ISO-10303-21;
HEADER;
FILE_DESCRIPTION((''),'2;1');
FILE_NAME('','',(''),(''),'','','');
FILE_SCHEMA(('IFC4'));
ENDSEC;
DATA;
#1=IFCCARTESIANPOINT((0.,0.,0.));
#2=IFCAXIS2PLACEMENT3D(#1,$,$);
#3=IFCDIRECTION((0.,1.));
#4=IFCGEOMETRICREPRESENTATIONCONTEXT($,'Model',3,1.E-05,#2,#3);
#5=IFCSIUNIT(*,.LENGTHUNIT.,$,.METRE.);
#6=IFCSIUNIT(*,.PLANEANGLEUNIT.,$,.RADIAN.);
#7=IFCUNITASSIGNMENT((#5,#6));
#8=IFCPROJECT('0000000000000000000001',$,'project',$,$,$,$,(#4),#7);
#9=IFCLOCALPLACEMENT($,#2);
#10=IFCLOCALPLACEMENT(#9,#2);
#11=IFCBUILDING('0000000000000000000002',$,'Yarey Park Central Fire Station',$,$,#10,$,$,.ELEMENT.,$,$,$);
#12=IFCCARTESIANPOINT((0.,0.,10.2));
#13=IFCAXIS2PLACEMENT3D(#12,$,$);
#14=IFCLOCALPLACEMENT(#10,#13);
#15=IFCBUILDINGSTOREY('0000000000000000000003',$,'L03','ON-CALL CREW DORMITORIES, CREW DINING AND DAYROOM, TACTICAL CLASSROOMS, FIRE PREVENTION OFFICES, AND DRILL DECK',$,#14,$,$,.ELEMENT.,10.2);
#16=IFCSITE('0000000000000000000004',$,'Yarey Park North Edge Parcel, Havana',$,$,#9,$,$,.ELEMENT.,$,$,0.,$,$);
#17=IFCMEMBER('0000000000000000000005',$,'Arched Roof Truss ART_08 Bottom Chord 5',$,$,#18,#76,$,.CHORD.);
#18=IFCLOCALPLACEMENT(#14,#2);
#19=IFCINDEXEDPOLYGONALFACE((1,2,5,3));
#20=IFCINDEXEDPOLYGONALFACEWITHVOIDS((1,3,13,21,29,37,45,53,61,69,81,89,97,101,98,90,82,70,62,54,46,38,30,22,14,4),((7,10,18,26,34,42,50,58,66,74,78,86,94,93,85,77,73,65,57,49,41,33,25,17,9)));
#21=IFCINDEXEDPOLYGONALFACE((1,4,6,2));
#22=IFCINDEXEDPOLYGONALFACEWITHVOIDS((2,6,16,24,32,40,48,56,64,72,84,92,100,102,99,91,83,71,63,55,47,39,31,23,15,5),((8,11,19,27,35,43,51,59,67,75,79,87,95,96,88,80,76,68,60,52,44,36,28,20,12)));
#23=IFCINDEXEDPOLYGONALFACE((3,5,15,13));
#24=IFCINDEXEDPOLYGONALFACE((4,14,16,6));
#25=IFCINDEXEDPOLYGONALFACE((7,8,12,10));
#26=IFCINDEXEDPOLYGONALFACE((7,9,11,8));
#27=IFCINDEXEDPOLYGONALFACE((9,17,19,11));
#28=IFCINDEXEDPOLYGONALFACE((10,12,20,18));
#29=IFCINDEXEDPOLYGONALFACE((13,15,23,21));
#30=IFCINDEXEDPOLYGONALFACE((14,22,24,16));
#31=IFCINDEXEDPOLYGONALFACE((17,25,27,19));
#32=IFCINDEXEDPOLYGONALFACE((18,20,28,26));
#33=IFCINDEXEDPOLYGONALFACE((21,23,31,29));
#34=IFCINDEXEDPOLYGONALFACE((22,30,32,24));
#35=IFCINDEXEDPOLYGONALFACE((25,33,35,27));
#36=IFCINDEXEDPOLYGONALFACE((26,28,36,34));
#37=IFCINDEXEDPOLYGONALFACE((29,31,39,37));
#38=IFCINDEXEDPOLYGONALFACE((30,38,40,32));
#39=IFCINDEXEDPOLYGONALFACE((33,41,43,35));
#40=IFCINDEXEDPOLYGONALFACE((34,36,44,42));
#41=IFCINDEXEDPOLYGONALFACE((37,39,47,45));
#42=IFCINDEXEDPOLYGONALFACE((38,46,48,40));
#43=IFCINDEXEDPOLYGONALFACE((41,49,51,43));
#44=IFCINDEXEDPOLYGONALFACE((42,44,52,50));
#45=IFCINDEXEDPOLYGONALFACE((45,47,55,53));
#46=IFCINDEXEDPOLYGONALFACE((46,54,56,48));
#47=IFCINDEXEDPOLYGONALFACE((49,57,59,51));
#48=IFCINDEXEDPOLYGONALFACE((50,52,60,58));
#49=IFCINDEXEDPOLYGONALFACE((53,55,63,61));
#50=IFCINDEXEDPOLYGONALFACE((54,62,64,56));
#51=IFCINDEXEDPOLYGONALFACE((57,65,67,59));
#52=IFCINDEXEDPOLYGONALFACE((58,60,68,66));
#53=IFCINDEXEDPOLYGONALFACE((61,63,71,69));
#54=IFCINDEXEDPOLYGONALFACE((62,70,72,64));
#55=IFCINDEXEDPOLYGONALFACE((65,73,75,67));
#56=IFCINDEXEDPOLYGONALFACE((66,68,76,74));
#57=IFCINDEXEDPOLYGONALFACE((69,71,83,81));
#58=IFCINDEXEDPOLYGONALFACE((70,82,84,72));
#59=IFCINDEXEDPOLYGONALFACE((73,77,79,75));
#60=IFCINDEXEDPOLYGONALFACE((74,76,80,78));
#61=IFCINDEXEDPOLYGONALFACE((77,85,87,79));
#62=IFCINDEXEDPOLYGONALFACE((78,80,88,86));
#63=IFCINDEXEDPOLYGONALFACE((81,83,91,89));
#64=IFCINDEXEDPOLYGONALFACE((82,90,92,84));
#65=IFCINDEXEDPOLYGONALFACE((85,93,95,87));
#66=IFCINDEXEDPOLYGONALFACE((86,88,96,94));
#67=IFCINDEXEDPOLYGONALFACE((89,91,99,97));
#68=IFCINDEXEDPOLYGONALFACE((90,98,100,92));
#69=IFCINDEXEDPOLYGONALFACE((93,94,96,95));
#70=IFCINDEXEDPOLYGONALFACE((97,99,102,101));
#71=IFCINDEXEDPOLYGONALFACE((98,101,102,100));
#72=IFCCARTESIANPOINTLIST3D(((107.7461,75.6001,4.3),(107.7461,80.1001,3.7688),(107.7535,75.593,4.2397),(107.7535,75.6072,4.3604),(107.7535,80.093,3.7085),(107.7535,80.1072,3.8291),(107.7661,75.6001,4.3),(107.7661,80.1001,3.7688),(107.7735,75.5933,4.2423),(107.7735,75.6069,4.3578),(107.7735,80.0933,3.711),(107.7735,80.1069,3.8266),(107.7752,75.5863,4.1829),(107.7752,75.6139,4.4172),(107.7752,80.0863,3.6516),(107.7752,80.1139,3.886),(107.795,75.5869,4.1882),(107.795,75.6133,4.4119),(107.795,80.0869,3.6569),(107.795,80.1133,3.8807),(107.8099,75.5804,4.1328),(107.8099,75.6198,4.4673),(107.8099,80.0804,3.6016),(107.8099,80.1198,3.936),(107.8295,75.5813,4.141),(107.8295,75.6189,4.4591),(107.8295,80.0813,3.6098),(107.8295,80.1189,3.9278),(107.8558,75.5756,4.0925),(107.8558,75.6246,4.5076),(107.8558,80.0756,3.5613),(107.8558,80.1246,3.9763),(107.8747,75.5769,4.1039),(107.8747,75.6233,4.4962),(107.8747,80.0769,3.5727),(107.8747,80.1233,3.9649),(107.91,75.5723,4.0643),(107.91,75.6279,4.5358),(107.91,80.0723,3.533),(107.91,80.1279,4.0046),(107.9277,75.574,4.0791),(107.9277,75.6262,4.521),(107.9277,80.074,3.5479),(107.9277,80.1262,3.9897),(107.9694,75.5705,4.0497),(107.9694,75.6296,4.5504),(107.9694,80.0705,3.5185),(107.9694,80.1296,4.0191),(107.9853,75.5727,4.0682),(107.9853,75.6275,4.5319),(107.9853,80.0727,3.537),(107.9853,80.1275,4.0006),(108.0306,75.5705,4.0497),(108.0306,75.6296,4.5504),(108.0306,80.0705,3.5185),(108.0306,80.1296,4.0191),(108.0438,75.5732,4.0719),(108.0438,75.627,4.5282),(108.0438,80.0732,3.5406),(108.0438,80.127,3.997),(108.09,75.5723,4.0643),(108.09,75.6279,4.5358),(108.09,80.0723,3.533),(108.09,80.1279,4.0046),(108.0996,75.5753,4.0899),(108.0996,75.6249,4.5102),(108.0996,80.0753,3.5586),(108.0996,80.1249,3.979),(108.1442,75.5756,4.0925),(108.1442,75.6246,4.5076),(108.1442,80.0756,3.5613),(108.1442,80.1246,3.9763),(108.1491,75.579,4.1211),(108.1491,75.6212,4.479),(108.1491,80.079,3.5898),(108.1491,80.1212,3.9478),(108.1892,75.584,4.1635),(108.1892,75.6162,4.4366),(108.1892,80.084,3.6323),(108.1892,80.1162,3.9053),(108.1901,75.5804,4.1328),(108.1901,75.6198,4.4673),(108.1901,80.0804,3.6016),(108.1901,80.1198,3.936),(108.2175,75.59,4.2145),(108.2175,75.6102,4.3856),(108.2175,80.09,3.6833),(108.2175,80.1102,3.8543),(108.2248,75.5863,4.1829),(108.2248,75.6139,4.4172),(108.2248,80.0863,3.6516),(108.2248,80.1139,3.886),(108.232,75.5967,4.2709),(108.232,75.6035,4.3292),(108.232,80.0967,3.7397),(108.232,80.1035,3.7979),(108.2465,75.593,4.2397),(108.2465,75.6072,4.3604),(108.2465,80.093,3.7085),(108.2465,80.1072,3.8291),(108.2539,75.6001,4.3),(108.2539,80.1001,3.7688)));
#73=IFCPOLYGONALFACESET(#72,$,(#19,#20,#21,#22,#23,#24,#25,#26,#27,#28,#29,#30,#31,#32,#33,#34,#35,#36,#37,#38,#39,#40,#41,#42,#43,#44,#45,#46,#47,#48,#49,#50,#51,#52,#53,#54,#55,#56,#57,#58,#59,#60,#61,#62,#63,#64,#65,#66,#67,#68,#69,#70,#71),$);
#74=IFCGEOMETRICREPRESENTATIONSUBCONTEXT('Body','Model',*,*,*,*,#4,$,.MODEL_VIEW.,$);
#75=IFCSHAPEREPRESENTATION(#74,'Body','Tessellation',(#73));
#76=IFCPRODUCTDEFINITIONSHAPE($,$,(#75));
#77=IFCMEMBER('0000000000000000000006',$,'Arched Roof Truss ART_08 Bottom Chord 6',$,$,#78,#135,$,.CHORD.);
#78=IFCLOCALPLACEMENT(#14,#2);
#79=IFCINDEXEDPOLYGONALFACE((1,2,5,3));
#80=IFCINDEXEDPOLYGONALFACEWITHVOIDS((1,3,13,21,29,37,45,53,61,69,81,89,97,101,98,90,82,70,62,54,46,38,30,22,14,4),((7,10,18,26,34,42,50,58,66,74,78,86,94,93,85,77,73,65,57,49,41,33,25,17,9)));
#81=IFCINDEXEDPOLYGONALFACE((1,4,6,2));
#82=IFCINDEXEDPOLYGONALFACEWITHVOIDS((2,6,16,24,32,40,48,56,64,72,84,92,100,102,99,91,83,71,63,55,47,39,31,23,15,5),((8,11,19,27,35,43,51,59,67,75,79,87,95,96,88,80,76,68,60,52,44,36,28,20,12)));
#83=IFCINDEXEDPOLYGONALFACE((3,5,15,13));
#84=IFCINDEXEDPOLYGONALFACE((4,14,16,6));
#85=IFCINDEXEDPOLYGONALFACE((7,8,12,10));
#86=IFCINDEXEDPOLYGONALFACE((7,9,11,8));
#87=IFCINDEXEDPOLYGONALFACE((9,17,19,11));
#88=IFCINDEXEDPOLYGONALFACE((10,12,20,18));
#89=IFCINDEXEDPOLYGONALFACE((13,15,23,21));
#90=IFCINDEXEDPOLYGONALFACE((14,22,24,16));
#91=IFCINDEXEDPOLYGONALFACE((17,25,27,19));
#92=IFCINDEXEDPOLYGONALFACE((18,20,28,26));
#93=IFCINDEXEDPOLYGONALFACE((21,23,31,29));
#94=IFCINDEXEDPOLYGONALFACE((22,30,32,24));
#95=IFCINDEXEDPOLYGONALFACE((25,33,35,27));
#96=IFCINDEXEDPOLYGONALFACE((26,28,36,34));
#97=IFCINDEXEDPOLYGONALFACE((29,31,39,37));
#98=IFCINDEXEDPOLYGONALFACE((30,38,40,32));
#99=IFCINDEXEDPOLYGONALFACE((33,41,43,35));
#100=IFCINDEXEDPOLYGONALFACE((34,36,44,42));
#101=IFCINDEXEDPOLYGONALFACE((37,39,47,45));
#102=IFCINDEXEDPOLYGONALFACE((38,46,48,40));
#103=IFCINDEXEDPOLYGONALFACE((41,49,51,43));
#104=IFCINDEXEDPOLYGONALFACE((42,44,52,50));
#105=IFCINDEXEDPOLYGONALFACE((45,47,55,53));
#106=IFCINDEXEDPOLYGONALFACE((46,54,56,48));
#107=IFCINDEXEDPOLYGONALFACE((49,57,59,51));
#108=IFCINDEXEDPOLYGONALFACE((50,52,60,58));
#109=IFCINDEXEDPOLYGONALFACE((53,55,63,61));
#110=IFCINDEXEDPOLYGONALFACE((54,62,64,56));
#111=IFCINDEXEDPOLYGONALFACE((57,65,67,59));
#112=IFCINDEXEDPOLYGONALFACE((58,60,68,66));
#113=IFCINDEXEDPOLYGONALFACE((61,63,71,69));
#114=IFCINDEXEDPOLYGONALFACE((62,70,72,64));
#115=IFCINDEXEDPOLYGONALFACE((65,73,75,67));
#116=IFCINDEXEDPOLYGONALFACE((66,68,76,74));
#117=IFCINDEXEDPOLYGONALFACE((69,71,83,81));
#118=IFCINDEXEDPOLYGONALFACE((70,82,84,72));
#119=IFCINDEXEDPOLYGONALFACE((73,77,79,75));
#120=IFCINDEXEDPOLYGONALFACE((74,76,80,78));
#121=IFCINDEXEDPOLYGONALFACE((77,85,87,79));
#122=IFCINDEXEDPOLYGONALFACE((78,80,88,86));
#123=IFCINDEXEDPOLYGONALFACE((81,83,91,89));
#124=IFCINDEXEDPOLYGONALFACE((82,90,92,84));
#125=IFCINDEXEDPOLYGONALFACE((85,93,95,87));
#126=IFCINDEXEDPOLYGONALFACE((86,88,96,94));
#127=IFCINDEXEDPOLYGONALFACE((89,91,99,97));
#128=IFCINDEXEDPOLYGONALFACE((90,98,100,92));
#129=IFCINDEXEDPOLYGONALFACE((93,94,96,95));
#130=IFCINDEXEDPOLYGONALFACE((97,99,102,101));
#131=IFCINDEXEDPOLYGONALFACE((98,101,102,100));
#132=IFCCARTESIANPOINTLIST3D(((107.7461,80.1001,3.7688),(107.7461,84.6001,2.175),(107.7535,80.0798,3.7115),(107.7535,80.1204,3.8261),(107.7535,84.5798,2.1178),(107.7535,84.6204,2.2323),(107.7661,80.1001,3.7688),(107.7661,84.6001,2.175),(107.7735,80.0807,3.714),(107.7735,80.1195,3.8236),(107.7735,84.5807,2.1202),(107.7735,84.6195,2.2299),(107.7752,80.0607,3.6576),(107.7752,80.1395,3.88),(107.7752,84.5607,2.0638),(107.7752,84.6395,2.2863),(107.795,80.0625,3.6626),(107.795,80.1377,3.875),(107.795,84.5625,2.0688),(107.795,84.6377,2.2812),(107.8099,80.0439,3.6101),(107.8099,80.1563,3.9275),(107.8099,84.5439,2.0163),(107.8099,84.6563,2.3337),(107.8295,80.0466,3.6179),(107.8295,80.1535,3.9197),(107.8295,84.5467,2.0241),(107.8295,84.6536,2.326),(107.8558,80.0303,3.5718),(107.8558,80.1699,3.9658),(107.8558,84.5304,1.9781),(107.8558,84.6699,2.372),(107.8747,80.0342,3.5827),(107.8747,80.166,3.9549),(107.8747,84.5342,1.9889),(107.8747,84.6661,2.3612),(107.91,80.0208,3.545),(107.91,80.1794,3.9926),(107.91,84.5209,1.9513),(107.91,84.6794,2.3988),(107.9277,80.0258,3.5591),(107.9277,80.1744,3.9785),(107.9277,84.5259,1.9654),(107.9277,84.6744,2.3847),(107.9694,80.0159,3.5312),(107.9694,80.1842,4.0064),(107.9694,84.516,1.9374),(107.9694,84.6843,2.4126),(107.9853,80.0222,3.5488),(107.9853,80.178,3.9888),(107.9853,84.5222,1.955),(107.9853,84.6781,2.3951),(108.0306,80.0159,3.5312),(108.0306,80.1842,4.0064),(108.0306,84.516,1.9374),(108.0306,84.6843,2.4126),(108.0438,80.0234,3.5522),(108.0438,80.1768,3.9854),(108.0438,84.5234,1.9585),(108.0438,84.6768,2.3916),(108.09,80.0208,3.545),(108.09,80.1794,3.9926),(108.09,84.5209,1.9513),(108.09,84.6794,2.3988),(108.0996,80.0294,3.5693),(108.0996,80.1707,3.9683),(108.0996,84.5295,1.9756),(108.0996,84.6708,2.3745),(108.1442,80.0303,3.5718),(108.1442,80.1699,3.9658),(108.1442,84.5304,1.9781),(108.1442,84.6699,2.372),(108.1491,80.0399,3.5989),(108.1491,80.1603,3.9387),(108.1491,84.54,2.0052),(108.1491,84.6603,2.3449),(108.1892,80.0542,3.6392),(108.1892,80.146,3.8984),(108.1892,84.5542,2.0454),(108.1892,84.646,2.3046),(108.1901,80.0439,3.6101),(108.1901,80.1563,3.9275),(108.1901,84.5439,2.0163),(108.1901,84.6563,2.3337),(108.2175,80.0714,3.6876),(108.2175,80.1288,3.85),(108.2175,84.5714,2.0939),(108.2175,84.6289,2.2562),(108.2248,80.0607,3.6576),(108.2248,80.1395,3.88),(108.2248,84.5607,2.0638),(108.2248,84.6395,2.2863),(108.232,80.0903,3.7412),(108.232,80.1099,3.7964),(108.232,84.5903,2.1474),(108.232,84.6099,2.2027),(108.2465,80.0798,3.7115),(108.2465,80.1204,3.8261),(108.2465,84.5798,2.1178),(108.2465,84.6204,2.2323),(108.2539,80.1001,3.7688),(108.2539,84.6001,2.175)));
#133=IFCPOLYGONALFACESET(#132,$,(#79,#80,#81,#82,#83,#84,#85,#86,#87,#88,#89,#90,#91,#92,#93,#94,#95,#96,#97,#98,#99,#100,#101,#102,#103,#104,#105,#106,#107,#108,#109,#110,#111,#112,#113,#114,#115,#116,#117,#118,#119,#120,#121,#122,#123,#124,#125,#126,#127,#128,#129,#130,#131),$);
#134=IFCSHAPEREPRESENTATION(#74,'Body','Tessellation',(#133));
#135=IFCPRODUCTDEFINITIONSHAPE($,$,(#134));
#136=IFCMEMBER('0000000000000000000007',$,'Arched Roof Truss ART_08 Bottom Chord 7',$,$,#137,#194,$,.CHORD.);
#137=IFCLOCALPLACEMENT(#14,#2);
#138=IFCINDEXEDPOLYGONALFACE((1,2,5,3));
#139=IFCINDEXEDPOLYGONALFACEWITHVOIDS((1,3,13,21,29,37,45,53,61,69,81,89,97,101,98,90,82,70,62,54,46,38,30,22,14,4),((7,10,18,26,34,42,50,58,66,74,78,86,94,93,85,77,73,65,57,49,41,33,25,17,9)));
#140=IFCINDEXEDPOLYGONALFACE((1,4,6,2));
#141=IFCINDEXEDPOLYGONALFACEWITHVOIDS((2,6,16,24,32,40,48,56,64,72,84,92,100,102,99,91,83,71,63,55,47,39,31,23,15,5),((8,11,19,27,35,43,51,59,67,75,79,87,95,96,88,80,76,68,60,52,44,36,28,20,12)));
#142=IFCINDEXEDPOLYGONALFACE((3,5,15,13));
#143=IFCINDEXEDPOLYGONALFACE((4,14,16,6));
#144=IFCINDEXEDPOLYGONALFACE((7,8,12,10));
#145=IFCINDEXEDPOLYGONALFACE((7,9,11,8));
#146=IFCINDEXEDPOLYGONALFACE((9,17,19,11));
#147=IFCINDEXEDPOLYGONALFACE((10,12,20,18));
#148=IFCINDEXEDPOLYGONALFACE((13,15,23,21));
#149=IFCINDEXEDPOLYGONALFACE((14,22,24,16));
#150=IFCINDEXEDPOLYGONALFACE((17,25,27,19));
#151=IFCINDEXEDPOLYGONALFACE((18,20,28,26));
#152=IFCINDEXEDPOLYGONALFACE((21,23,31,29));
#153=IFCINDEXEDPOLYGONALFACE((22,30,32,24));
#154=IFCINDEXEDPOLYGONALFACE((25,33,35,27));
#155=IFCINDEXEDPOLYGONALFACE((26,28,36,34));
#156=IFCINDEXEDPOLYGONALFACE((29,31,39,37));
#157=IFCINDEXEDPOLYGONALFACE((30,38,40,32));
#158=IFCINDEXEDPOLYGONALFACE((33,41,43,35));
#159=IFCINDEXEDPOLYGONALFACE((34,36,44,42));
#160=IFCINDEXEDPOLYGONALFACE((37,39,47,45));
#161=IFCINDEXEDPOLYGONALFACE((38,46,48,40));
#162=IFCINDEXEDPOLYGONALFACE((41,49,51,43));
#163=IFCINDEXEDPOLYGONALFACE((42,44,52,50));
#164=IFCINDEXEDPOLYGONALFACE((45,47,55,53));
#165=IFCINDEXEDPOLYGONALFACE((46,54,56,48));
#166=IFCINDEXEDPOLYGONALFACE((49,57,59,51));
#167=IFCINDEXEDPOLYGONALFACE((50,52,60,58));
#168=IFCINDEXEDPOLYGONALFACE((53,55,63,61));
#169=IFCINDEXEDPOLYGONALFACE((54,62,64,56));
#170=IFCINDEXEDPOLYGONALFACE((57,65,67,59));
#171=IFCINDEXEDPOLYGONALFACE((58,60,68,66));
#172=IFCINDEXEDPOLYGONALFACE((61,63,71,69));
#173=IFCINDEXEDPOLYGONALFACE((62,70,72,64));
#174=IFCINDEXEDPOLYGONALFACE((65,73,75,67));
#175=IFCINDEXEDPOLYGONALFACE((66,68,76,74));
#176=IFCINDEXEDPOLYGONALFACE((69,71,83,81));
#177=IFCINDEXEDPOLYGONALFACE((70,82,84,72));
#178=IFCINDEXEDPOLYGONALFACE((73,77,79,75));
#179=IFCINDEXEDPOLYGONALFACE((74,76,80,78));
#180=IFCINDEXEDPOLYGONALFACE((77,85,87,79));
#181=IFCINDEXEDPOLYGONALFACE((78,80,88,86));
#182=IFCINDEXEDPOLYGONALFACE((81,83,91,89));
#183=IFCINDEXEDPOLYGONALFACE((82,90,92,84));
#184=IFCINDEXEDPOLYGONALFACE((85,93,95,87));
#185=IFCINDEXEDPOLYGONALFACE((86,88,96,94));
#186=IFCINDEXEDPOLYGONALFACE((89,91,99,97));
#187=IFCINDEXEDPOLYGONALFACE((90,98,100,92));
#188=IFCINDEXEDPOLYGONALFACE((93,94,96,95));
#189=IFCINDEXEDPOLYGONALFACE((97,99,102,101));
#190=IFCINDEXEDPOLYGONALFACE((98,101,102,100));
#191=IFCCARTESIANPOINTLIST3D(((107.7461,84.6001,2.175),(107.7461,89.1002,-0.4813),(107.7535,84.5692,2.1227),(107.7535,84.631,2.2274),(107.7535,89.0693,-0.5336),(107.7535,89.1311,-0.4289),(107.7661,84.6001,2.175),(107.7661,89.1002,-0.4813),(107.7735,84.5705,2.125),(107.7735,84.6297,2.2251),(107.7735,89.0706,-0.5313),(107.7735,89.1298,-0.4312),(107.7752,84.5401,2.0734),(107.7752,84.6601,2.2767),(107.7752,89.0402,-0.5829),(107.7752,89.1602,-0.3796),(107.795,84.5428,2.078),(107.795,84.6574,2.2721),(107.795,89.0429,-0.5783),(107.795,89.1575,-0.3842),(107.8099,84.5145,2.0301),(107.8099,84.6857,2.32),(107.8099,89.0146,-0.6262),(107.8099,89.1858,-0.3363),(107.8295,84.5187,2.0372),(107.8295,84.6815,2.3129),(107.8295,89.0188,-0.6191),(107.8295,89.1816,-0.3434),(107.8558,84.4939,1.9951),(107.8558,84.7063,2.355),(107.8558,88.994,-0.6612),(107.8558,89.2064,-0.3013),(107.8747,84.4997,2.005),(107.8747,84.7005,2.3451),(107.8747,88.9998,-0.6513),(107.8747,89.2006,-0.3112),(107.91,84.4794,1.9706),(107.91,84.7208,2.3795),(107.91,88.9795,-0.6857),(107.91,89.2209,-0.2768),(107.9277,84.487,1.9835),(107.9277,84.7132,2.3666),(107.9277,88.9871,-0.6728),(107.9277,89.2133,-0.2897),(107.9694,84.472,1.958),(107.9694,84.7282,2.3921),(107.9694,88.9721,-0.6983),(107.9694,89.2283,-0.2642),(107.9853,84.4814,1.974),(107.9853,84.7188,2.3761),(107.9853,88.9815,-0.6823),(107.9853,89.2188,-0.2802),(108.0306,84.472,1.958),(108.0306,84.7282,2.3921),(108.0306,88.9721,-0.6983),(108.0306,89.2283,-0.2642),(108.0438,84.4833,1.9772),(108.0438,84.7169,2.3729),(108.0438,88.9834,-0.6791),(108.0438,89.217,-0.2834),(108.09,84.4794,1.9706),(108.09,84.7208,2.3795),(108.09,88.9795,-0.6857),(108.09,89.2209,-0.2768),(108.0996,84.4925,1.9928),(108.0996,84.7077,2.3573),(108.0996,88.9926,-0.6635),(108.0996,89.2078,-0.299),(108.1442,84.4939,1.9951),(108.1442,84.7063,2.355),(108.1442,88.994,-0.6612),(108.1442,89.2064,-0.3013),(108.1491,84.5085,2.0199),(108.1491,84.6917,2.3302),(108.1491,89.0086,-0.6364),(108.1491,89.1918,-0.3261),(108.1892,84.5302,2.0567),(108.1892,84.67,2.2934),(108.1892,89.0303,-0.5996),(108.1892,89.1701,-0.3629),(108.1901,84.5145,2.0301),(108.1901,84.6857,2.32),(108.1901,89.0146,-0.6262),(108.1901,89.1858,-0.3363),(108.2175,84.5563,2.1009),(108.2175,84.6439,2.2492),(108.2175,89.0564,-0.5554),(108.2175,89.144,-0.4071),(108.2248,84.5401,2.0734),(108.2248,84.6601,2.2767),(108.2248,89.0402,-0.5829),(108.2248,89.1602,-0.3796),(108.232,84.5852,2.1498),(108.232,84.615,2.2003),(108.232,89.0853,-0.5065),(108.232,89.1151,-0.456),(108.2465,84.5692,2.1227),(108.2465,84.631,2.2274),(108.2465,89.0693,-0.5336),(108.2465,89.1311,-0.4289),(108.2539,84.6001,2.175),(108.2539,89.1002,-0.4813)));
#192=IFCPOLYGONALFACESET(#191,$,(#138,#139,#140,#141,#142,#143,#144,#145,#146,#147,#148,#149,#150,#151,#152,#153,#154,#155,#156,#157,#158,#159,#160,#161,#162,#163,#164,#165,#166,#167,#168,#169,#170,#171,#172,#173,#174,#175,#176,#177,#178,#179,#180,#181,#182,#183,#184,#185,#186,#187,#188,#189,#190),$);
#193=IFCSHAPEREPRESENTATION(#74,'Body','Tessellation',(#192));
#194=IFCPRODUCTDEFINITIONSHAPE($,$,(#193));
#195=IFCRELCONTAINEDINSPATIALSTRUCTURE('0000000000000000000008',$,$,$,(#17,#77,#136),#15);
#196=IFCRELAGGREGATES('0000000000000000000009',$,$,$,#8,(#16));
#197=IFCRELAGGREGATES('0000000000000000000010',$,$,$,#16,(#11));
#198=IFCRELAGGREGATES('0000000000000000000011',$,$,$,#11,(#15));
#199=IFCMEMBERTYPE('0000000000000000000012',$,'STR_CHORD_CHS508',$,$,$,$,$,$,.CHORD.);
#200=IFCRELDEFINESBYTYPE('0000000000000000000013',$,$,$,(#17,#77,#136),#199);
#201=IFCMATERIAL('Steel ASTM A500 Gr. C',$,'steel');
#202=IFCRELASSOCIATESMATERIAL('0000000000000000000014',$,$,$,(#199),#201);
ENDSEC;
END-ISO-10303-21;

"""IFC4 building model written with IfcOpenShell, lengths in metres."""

from ifc_helpers import new_model, si_unit, direction, frame, origin, origin_2d, place, context, subcontext, project, spatial, hollow_circle, extrude, material, material_profile, profile_set, type_object, element, save


model = new_model("IFC4")

# Units and contexts
model_context = context("Model", 3, precision=1e-05, world=origin(), true_north=direction((0.0, 1.0)))
body_context = subcontext(model_context, "Body", "Model", "MODEL_VIEW")
ifc_project = project(units=[si_unit("LENGTHUNIT", "METRE"), si_unit("PLANEANGLEUNIT", "RADIAN")], contexts=[model_context])

# Site, building, storey
site_placement = place(None, origin())
site = spatial("IfcSite", under=ifc_project, at=site_placement, Name="Yarey Park North Edge Parcel, Havana", CompositionType="ELEMENT", RefElevation=0.0)
building_placement = place(site_placement, origin())
building = spatial("IfcBuilding", under=site, at=building_placement, Name="Yarey Park Central Fire Station", CompositionType="ELEMENT")
storey_placement = place(building_placement, frame((0.0, 0.0, 10.2)))
storey = spatial("IfcBuildingStorey", under=building, at=storey_placement, Name="L03", Description="ON-CALL CREW DORMITORIES, CREW DINING AND DAYROOM, TACTICAL CLASSROOMS, FIRE PREVENTION OFFICES, AND DRILL DECK", CompositionType="ELEMENT", Elevation=10.2)

# Members
ifc_material_1 = material(Name="Steel ASTM A500 Gr. C", Category="steel")
ifc_material_profile_1 = material_profile(ifc_material_1, hollow_circle(Radius=0.2539, WallThickness=0.02, at=origin_2d()), Name="CHS 508x20")
ifc_profile_set_1 = profile_set([ifc_material_profile_1], Name="Steel ASTM A500 Gr. C")
member_type_1 = type_object("IfcMemberType", Name="STR_CHORD_CHS508", PredefinedType="CHORD", material=ifc_profile_set_1)
member_1_placement = place(storey_placement, frame((108.0, 75.6001, 4.3), z_axis=(0.0, 0.993103, -0.117241), x_axis=(-1.0, 0.0, 0.0)))
element("IfcMember", 1, at=member_1_placement, inside=storey, type_object=member_type_1, Name="Arched Roof Truss ART_08 Bottom Chord 5", PredefinedType="CHORD", context=body_context, shape_type="SweptSolid", body=[
    extrude(hollow_circle(Radius=0.2539, WallThickness=0.02, at=origin_2d()), origin(), (0.0, 0.0, 1.0), 4.5312),
])
member_2_placement = place(storey_placement, frame((108.0, 80.1001, 3.7688), z_axis=(0.0, 0.942627, -0.333847), x_axis=(-1.0, 0.0, 0.0)))
element("IfcMember", 2, at=member_2_placement, inside=storey, type_object=member_type_1, Name="Arched Roof Truss ART_08 Bottom Chord 6", PredefinedType="CHORD", context=body_context, shape_type="SweptSolid", body=[
    extrude(hollow_circle(Radius=0.2539, WallThickness=0.02, at=origin_2d()), origin(), (0.0, 0.0, 1.0), 4.7739),
])
member_3_placement = place(storey_placement, frame((108.0, 84.6001, 2.175), z_axis=(0.0, 0.861165, -0.508326), x_axis=(-1.0, 0.0, 0.0)))
element("IfcMember", 3, at=member_3_placement, inside=storey, type_object=member_type_1, Name="Arched Roof Truss ART_08 Bottom Chord 7", PredefinedType="CHORD", context=body_context, shape_type="SweptSolid", body=[
    extrude(hollow_circle(Radius=0.2539, WallThickness=0.02, at=origin_2d()), origin(), (0.0, 0.0, 1.0), 5.2256),
])

save(model, "model.ifc")
